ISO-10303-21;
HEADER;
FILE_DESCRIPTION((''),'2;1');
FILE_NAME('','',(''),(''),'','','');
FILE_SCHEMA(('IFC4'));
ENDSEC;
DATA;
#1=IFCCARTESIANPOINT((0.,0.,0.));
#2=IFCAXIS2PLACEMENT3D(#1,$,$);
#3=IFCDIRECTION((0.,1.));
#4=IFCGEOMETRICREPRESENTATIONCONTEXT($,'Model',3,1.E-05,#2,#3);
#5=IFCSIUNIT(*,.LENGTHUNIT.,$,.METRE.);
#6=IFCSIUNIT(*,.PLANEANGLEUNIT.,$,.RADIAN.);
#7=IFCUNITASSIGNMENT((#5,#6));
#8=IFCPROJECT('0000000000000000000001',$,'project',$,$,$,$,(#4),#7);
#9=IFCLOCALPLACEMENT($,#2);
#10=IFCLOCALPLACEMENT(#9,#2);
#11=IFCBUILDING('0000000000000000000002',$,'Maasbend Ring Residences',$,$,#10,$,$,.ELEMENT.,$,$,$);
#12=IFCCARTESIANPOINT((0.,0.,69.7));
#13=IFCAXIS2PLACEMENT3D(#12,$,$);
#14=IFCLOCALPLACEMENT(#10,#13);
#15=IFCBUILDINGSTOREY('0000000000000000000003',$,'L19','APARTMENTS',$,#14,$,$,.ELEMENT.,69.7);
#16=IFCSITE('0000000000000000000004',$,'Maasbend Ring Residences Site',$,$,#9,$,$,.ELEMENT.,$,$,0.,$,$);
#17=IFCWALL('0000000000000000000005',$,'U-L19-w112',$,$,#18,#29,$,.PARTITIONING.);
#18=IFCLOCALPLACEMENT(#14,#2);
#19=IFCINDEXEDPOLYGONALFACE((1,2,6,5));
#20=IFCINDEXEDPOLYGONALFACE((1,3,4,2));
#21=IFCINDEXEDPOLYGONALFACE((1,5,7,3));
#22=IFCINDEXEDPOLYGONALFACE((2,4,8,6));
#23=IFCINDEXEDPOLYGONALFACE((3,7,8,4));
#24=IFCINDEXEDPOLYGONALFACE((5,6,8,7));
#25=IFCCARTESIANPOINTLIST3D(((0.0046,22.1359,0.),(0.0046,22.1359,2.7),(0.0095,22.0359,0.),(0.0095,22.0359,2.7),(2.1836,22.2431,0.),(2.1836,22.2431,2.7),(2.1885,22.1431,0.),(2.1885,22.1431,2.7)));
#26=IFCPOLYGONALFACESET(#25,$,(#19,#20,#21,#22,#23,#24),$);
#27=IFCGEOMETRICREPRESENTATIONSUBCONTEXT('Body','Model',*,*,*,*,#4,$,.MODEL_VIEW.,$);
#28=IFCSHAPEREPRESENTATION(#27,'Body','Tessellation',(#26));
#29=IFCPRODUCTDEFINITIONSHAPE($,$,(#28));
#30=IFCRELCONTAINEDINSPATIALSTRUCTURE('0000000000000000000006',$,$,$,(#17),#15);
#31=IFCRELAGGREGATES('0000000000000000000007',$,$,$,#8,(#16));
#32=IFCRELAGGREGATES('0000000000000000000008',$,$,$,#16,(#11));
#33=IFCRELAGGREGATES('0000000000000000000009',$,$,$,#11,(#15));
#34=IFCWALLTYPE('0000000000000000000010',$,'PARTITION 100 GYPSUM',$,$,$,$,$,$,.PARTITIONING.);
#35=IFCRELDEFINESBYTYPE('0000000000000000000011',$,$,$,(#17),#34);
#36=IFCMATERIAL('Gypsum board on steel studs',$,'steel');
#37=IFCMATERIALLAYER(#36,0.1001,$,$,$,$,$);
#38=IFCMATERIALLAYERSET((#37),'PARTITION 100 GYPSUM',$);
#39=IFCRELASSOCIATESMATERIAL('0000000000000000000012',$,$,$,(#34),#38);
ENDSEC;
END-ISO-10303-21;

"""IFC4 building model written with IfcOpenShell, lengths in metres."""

from ifc_helpers import new_model, si_unit, direction, frame, frame_2d, origin, place, context, subcontext, project, spatial, rectangle, extrude, material, layer, layer_set, type_object, element, save


model = new_model("IFC4")

# Units and contexts
model_context = context("Model", 3, precision=1e-05, world=origin(), true_north=direction((0.0, 1.0)))
body_context = subcontext(model_context, "Body", "Model", "MODEL_VIEW")
ifc_project = project(units=[si_unit("LENGTHUNIT", "METRE"), si_unit("PLANEANGLEUNIT", "RADIAN")], contexts=[model_context])

# Site, building, storey
site_placement = place(None, origin())
site = spatial("IfcSite", under=ifc_project, at=site_placement, Name="Maasbend Ring Residences Site", CompositionType="ELEMENT", RefElevation=0.0)
building_placement = place(site_placement, origin())
building = spatial("IfcBuilding", under=site, at=building_placement, Name="Maasbend Ring Residences", CompositionType="ELEMENT")
storey_placement = place(building_placement, frame((0.0, 0.0, 69.7)))
storey = spatial("IfcBuildingStorey", under=building, at=storey_placement, Name="L19", Description="APARTMENTS", CompositionType="ELEMENT", Elevation=69.7)

# Wall
ifc_material_1 = material(Name="Gypsum board on steel studs", Category="steel")
ifc_layer_1 = layer(ifc_material_1, 0.1001)
ifc_layer_set_1 = layer_set([ifc_layer_1], Name="PARTITION 100 GYPSUM")
wall_type_1 = type_object("IfcWallType", Name="PARTITION 100 GYPSUM", PredefinedType="PARTITIONING", material=ifc_layer_set_1)
wall_1_placement = place(storey_placement, frame((0.0071, 22.0859, 0.0), z_axis=(0.0, 0.0, 1.0), x_axis=(0.998792, 0.049128, 0.0)))
element("IfcWall", 1, at=wall_1_placement, inside=storey, type_object=wall_type_1, Name="U-L19-w112", PredefinedType="PARTITIONING", context=body_context, shape_type="SweptSolid", body=[
    extrude(rectangle(XDim=2.1816, YDim=0.1001, at=frame_2d((1.0908, 0.0))), origin(), (0.0, 0.0, 1.0), 2.7),
])

save(model, "model.ifc")
